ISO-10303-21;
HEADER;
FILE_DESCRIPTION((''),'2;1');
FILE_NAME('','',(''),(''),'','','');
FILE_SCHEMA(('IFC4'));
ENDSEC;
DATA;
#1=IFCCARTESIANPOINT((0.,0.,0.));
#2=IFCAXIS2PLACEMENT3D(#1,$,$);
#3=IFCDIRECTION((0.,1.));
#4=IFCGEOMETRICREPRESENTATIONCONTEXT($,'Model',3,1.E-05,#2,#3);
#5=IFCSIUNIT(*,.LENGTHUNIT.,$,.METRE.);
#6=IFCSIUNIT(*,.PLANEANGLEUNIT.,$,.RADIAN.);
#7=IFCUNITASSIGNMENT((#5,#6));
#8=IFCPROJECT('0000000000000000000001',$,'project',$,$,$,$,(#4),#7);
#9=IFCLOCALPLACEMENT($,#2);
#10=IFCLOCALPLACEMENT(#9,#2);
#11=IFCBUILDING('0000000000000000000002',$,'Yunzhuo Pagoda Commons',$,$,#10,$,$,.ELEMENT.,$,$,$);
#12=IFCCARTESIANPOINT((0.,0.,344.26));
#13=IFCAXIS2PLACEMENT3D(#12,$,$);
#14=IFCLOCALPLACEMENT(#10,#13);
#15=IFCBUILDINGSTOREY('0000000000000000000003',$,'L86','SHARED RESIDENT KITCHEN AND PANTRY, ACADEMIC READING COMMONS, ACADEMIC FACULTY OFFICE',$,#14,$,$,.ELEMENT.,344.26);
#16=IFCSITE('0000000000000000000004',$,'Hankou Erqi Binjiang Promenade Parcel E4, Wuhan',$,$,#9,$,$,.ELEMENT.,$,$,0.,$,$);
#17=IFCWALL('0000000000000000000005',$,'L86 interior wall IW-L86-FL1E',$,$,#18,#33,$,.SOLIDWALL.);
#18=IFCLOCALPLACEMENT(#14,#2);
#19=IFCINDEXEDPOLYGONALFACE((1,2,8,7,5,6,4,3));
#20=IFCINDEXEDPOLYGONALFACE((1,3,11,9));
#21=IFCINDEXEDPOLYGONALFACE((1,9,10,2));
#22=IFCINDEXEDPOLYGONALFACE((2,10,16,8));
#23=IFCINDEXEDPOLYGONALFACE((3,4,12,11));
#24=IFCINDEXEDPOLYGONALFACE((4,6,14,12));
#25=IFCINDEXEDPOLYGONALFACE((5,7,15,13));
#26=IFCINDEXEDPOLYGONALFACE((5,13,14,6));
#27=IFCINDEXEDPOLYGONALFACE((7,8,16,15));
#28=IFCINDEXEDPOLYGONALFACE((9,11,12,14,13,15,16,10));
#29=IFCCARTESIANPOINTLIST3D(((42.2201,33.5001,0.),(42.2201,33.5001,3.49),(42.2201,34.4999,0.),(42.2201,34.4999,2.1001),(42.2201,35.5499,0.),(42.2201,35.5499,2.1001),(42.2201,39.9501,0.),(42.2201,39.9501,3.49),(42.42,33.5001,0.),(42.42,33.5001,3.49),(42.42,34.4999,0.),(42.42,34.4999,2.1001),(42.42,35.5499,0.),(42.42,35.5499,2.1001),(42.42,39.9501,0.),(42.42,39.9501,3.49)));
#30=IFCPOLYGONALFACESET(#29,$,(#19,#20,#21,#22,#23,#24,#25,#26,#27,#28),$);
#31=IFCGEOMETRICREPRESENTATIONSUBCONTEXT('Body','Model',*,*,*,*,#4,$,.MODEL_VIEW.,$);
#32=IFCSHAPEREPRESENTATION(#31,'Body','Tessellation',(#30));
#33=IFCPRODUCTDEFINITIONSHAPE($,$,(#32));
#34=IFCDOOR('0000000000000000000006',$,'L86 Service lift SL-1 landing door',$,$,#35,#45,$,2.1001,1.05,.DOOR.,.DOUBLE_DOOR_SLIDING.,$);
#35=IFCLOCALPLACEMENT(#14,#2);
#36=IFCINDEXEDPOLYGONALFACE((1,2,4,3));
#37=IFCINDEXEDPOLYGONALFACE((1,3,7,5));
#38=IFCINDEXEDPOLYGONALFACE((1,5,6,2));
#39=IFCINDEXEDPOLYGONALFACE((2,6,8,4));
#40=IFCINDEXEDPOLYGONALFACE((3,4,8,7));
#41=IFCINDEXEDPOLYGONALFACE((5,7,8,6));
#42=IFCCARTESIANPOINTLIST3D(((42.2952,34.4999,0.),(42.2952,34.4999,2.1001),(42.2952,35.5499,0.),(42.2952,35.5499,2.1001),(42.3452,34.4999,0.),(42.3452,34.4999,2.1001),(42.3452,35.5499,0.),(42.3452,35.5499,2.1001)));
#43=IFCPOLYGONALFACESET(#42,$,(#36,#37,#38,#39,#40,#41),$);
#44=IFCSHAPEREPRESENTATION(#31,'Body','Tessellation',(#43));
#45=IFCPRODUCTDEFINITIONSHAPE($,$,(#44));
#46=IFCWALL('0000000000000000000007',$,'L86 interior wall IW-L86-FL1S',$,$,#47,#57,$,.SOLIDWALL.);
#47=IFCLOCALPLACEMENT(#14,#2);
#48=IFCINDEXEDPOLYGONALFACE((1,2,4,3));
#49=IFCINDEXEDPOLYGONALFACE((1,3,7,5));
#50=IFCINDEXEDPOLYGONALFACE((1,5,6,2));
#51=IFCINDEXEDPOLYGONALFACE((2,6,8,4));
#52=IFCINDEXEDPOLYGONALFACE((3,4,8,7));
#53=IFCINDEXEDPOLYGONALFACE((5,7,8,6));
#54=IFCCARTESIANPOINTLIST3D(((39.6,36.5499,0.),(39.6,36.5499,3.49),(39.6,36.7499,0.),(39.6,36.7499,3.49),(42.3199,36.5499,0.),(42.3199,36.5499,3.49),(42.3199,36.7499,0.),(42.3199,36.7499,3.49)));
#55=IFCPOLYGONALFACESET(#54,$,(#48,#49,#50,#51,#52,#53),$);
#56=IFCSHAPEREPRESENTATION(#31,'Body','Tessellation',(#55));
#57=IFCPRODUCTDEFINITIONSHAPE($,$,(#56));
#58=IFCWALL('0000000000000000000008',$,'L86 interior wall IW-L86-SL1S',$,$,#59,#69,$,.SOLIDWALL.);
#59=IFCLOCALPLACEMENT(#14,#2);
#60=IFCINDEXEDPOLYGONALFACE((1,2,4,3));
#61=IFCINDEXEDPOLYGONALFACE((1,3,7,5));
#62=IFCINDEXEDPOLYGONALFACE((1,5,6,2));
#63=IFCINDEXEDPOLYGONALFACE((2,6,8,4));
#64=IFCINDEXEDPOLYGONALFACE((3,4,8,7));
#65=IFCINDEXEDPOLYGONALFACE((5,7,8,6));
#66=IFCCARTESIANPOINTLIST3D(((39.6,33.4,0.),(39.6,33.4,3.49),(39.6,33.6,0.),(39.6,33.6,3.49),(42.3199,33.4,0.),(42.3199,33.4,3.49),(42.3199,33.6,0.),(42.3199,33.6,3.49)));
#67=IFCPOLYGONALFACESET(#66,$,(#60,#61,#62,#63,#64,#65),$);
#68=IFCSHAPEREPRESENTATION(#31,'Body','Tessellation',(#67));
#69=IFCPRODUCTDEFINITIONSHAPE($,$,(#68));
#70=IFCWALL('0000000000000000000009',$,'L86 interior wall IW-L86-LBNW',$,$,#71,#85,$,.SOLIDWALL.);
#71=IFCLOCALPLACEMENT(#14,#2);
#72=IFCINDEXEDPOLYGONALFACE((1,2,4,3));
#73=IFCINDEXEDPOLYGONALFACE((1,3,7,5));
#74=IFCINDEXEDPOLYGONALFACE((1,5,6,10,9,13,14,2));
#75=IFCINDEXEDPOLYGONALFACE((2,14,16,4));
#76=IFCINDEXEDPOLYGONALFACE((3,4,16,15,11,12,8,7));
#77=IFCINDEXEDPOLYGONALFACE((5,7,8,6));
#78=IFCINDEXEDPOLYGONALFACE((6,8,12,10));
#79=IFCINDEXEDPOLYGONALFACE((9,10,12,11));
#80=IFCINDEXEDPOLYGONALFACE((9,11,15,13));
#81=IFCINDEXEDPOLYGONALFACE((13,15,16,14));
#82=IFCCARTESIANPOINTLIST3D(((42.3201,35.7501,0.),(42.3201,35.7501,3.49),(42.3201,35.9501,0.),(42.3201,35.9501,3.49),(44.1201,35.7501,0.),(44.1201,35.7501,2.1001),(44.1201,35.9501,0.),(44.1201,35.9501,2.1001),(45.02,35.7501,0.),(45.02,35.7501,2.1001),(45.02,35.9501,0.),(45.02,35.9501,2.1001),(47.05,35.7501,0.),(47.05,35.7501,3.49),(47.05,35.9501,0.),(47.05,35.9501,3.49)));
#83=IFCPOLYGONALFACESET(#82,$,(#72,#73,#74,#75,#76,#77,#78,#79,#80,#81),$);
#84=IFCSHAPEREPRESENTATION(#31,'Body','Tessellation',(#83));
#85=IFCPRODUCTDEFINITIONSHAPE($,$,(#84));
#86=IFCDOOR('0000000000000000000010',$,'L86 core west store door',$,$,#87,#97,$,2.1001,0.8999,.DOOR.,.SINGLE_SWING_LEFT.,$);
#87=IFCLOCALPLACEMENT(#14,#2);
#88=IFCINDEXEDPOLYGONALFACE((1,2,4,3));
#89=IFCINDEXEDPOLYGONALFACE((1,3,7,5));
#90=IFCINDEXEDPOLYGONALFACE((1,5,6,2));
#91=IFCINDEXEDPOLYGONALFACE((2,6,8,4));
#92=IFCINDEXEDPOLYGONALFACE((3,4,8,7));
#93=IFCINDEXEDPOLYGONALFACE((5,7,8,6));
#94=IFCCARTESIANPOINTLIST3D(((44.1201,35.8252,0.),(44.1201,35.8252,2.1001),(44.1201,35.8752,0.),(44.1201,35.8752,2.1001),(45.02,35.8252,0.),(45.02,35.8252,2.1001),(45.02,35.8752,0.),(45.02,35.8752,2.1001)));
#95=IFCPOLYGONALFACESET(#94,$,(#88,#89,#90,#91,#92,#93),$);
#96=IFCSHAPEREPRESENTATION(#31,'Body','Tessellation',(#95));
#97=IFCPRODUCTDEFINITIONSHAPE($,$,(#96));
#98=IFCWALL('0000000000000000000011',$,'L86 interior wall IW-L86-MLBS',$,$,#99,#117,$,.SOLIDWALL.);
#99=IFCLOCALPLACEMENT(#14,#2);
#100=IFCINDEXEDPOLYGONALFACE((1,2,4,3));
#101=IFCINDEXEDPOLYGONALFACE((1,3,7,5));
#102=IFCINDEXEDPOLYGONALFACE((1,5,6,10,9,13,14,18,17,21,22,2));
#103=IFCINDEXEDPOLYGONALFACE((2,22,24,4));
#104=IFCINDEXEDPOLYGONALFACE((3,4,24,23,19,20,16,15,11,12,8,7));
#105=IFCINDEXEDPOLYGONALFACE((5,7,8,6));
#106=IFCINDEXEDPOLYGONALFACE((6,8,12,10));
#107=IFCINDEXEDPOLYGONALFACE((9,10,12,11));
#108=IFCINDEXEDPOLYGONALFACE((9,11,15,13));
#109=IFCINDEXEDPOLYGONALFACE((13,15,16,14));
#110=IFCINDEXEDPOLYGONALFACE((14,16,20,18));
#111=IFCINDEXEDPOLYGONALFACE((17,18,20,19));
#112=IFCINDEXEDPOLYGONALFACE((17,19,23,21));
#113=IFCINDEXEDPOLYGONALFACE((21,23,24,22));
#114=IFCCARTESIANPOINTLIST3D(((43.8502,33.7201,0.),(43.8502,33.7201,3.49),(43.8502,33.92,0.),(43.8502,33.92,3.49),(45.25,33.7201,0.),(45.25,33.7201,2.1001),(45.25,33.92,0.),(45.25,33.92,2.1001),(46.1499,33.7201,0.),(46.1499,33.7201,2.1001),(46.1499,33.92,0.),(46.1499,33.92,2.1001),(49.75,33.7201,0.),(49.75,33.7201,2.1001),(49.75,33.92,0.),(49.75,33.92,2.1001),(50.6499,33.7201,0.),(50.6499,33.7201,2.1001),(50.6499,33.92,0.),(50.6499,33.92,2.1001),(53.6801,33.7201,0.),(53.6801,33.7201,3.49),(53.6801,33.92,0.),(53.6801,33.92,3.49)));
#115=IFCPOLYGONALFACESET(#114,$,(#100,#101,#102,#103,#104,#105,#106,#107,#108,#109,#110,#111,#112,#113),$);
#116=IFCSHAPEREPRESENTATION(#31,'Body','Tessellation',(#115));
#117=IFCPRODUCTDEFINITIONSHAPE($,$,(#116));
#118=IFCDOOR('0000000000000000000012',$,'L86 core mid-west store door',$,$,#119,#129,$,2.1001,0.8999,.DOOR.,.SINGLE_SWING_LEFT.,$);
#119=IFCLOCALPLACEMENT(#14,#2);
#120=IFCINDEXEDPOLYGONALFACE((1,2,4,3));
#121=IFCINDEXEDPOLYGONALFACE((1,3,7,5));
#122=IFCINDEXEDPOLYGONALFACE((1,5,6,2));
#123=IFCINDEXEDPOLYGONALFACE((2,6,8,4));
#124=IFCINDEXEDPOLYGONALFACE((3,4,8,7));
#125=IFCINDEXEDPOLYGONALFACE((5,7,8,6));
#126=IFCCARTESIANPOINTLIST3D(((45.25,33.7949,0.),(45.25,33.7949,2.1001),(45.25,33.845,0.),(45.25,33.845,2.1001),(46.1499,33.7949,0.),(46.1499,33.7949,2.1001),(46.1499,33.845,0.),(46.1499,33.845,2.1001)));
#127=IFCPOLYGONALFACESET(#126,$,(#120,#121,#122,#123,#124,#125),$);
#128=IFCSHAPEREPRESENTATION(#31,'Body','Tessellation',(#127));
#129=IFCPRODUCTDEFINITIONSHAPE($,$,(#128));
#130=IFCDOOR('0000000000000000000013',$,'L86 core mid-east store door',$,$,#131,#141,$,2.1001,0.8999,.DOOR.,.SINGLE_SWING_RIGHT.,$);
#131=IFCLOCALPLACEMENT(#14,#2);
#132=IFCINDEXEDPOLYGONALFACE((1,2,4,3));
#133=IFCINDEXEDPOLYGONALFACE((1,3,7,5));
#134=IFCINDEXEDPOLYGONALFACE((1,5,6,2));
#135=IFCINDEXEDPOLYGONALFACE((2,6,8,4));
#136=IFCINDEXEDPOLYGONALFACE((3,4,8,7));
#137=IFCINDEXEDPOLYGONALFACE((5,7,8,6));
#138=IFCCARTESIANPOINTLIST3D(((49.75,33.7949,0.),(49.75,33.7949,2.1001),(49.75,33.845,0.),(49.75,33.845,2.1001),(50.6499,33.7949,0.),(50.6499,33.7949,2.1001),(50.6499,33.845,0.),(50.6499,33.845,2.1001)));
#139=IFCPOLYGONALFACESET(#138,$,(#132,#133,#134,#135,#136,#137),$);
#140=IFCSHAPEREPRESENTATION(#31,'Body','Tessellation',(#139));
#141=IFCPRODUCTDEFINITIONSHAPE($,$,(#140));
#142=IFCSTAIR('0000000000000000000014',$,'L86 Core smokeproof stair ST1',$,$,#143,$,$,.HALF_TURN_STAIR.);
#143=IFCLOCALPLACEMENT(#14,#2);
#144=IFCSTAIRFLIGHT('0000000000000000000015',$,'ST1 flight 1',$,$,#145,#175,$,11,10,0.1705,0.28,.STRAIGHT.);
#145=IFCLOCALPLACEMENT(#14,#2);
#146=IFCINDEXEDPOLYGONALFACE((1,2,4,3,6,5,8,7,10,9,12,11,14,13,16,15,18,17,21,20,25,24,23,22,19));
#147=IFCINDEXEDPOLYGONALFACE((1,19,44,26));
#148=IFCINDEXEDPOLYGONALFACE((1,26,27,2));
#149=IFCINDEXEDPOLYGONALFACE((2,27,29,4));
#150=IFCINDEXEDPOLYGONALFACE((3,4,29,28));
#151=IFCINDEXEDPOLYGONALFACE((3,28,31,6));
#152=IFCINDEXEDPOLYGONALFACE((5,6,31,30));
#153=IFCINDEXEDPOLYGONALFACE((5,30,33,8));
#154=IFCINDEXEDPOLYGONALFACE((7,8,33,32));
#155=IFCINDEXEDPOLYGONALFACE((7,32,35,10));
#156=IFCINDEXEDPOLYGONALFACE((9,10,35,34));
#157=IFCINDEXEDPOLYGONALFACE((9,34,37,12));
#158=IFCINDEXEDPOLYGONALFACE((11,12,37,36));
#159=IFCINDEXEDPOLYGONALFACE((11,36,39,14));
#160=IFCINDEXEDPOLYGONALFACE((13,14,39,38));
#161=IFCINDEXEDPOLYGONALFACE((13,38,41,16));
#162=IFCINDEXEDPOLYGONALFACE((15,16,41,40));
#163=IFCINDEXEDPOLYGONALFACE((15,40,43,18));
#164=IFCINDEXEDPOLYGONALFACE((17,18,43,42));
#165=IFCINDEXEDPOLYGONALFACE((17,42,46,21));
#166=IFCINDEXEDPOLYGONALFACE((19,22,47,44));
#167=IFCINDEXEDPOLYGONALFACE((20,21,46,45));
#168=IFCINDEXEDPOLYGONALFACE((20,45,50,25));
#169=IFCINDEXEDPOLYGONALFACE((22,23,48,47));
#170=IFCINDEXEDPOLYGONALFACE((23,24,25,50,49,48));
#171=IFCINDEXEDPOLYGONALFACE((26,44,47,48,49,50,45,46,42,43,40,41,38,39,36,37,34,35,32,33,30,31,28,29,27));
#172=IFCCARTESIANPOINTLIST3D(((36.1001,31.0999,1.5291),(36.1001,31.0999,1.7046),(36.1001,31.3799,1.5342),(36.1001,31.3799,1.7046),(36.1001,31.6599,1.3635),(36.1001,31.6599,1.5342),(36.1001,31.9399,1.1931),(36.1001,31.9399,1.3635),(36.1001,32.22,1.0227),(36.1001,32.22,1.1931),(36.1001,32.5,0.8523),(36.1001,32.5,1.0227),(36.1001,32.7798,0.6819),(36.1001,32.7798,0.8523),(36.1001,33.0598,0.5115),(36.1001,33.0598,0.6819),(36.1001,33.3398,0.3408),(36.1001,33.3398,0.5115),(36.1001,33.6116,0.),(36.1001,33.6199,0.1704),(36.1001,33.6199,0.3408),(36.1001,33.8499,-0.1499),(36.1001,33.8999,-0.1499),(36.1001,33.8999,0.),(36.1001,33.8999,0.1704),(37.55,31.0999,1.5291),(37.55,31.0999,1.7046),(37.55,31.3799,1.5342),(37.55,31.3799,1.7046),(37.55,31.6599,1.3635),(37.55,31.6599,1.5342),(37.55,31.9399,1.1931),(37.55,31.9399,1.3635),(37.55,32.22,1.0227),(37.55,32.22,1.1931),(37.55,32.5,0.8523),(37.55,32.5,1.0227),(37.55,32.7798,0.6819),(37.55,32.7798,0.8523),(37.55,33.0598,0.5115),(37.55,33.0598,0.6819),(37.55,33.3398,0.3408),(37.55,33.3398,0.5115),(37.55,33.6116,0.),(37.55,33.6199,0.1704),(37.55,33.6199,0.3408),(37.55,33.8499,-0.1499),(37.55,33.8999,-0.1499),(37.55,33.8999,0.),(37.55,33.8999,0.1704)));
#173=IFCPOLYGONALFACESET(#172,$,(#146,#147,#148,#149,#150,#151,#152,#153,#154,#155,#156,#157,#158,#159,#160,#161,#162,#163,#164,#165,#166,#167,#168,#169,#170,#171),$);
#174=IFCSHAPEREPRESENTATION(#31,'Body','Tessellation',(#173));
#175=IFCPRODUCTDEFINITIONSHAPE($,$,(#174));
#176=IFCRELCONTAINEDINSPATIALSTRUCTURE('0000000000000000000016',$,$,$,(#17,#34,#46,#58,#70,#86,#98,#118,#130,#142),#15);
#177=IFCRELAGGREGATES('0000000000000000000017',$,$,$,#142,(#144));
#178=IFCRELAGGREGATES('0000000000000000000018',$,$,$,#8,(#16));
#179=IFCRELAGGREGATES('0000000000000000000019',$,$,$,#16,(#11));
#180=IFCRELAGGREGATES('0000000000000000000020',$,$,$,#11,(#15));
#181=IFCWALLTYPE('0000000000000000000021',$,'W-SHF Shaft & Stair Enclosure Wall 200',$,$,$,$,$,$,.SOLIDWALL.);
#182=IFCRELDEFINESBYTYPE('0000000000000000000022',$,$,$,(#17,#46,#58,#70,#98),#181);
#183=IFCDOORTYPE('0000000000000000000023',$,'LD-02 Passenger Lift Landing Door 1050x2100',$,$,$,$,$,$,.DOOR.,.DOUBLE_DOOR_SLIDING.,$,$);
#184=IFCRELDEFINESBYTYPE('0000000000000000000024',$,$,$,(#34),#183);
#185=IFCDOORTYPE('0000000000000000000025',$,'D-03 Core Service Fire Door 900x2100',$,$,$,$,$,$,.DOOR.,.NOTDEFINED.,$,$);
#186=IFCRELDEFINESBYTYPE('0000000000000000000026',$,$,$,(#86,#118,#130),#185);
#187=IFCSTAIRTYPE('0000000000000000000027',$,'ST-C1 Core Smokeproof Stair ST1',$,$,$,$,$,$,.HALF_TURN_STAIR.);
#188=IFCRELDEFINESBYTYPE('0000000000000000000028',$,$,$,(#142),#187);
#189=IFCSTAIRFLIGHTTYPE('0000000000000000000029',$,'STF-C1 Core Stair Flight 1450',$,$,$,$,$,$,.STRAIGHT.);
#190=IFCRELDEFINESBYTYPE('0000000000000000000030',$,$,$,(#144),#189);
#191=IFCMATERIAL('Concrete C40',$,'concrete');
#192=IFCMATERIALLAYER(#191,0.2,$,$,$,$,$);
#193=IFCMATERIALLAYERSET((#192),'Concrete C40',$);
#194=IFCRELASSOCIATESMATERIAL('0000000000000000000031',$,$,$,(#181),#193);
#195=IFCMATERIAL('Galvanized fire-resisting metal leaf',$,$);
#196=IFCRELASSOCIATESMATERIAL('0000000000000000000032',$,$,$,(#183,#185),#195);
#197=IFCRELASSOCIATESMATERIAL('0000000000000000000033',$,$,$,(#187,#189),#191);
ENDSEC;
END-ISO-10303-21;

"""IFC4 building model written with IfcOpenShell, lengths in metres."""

from ifc_helpers import new_model, si_unit, direction, frame, frame_2d, origin, origin_with_axes, place, context, subcontext, project, spatial, polyline, rectangle, outline, extrude, source, transform, mapped, material, layer, layer_set, type_object, element, fill, aggregate, save


model = new_model("IFC4")

# Units and contexts
model_context = context("Model", 3, precision=1e-05, world=origin(), true_north=direction((0.0, 1.0)))
body_context = subcontext(model_context, "Body", "Model", "MODEL_VIEW")
ifc_project = project(units=[si_unit("LENGTHUNIT", "METRE"), si_unit("PLANEANGLEUNIT", "RADIAN")], contexts=[model_context])

# Site, building, storey
site_placement = place(None, origin())
site = spatial("IfcSite", under=ifc_project, at=site_placement, Name="Hankou Erqi Binjiang Promenade Parcel E4, Wuhan", CompositionType="ELEMENT", RefElevation=0.0)
building_placement = place(site_placement, origin())
building = spatial("IfcBuilding", under=site, at=building_placement, Name="Yunzhuo Pagoda Commons", CompositionType="ELEMENT")
storey_placement = place(building_placement, frame((0.0, 0.0, 344.26)))
storey = spatial("IfcBuildingStorey", under=building, at=storey_placement, Name="L86", Description="SHARED RESIDENT KITCHEN AND PANTRY, ACADEMIC READING COMMONS, ACADEMIC FACULTY OFFICE", CompositionType="ELEMENT", Elevation=344.26)

# Shared definitions
ifc_material_1 = material(Name="Galvanized fire-resisting metal leaf")
shared_shape_1 = source(origin(), body_context, "Body", "SweptSolid", [
    extrude(rectangle(XDim=1.05, YDim=2.1001, at=frame_2d((0.5249, 1.05))), frame((0.0, 0.0249, 0.0), z_axis=(0.0, -1.0, 0.0), x_axis=(1.0, 0.0, 0.0)), (0.0, 0.0, 1.0), 0.05),
])

# Wall, opening, door
ifc_material_2 = material(Name="Concrete C40", Category="concrete")
ifc_layer_1 = layer(ifc_material_2, 0.2)
ifc_layer_set_1 = layer_set([ifc_layer_1], Name="Concrete C40")
wall_type_1 = type_object("IfcWallType", Name="W-SHF Shaft & Stair Enclosure Wall 200", PredefinedType="SOLIDWALL", material=ifc_layer_set_1)
wall_1_placement = place(storey_placement, frame((42.3201, 33.5, 0.0), z_axis=(0.0, 0.0, 1.0), x_axis=(0.0, 1.0, 0.0)))
wall_1 = element("IfcWall", 1, at=wall_1_placement, inside=storey, type_object=wall_type_1, Name="L86 interior wall IW-L86-FL1E", PredefinedType="SOLIDWALL", context=body_context, shape_type="SweptSolid", body=[
    extrude(rectangle(XDim=6.45, YDim=0.2, at=frame_2d((3.2251, 0.0))), origin(), (0.0, 0.0, 1.0), 3.49),
])
opening_1_placement = place(wall_1_placement, frame((1.0, 0.0, 0.0)))
opening_1 = element("IfcOpeningElement", 2, at=opening_1_placement, cuts=wall_1, PredefinedType="OPENING", context=body_context, shape_type="SweptSolid", body=[
    extrude(rectangle(XDim=1.05, YDim=2.1001, at=frame_2d((0.5249, 1.05))), frame((0.0, 0.1099, 0.0), z_axis=(0.0, -1.0, 0.0), x_axis=(1.0, 0.0, 0.0)), (0.0, 0.0, 1.0), 0.22),
])
door_type_1 = type_object("IfcDoorType", Name="LD-02 Passenger Lift Landing Door 1050x2100", OperationType="DOUBLE_DOOR_SLIDING", PredefinedType="DOOR", material=ifc_material_1)
door_1_placement = place(opening_1_placement, origin_with_axes())
door_1 = element("IfcDoor", 3, at=door_1_placement, inside=storey, type_object=door_type_1, Name="L86 Service lift SL-1 landing door", OperationType="DOUBLE_DOOR_SLIDING", OverallHeight=2.1001, OverallWidth=1.05, PredefinedType="DOOR", context=body_context, shape_type="MappedRepresentation", body=[
    mapped(shared_shape_1, transform((0.0, 0.0, 0.0), scale=1.0)),
])
fill(opening_1, door_1)

# Walls
for number, where, z_axis, x_axis, name in (
    (4, (39.6001, 36.6499, 0.0), (0.0, 0.0, 1.0), (1.0, 0.0, 0.0), "L86 interior wall IW-L86-FL1S"),
    (5, (39.6001, 33.5, 0.0), (0.0, 0.0, 1.0), (1.0, 0.0, 0.0), "L86 interior wall IW-L86-SL1S"),
):
    element("IfcWall", number, at=place(storey_placement, frame(where, z_axis=z_axis, x_axis=x_axis)), inside=storey, type_object=wall_type_1, Name=name, PredefinedType="SOLIDWALL", context=body_context, shape_type="SweptSolid", body=[
        extrude(rectangle(XDim=2.72, YDim=0.2, at=frame_2d((1.3599, 0.0))), origin(), (0.0, 0.0, 1.0), 3.49),
    ])

# Wall, opening, door
wall_2_placement = place(storey_placement, frame((42.3201, 35.8501, 0.0), z_axis=(0.0, 0.0, 1.0), x_axis=(1.0, 0.0, 0.0)))
wall_2 = element("IfcWall", 6, at=wall_2_placement, inside=storey, type_object=wall_type_1, Name="L86 interior wall IW-L86-LBNW", PredefinedType="SOLIDWALL", context=body_context, shape_type="SweptSolid", body=[
    extrude(rectangle(XDim=4.73, YDim=0.2, at=frame_2d((2.365, 0.0))), origin(), (0.0, 0.0, 1.0), 3.49),
])
opening_2_placement = place(wall_2_placement, frame((1.8, 0.0, 0.0)))
opening_2 = element("IfcOpeningElement", 7, at=opening_2_placement, cuts=wall_2, PredefinedType="OPENING", context=body_context, shape_type="SweptSolid", body=[
    extrude(rectangle(XDim=0.8999, YDim=2.1001, at=frame_2d((0.45, 1.05))), frame((0.0, 0.1099, 0.0), z_axis=(0.0, -1.0, 0.0), x_axis=(1.0, 0.0, 0.0)), (0.0, 0.0, 1.0), 0.22),
])
door_type_2 = type_object("IfcDoorType", Name="D-03 Core Service Fire Door 900x2100", OperationType="NOTDEFINED", PredefinedType="DOOR", material=ifc_material_1)
shared_shape_2 = source(origin(), body_context, "Body", "SweptSolid", [
    extrude(rectangle(XDim=0.8999, YDim=2.1001, at=frame_2d((0.45, 1.05))), frame((0.0, 0.0249, 0.0), z_axis=(0.0, -1.0, 0.0), x_axis=(1.0, 0.0, 0.0)), (0.0, 0.0, 1.0), 0.05),
])
door_2_placement = place(opening_2_placement, frame((0.8999, 0.0, 0.0), z_axis=(0.0, 0.0, 1.0), x_axis=(-1.0, 0.0, 0.0)))
door_2 = element("IfcDoor", 8, at=door_2_placement, inside=storey, type_object=door_type_2, Name="L86 core west store door", OperationType="SINGLE_SWING_LEFT", OverallHeight=2.1001, OverallWidth=0.8999, PredefinedType="DOOR", context=body_context, shape_type="MappedRepresentation", body=[
    mapped(shared_shape_2, transform((0.0, 0.0, 0.0), scale=1.0)),
])
fill(opening_2, door_2)

# Wall, openings, doors
wall_3_placement = place(storey_placement, frame((43.8501, 33.8201, 0.0), z_axis=(0.0, 0.0, 1.0), x_axis=(1.0, 0.0, 0.0)))
wall_3 = element("IfcWall", 9, at=wall_3_placement, inside=storey, type_object=wall_type_1, Name="L86 interior wall IW-L86-MLBS", PredefinedType="SOLIDWALL", context=body_context, shape_type="SweptSolid", body=[
    extrude(rectangle(XDim=9.8298, YDim=0.2, at=frame_2d((4.915, 0.0))), origin(), (0.0, 0.0, 1.0), 3.49),
])
opening_3_placement = place(wall_3_placement, frame((1.3999, 0.0, 0.0)))
opening_3 = element("IfcOpeningElement", 10, at=opening_3_placement, cuts=wall_3, PredefinedType="OPENING", context=body_context, shape_type="SweptSolid", body=[
    extrude(rectangle(XDim=0.8999, YDim=2.1001, at=frame_2d((0.45, 1.05))), frame((0.0, 0.1099, 0.0), z_axis=(0.0, -1.0, 0.0), x_axis=(1.0, 0.0, 0.0)), (0.0, 0.0, 1.0), 0.22),
])
opening_4_placement = place(wall_3_placement, frame((5.8999, 0.0, 0.0)))
opening_4 = element("IfcOpeningElement", 11, at=opening_4_placement, cuts=wall_3, PredefinedType="OPENING", context=body_context, shape_type="SweptSolid", body=[
    extrude(rectangle(XDim=0.8999, YDim=2.1001, at=frame_2d((0.45, 1.05))), frame((0.0, 0.1099, 0.0), z_axis=(0.0, -1.0, 0.0), x_axis=(1.0, 0.0, 0.0)), (0.0, 0.0, 1.0), 0.22),
])
door_3_placement = place(opening_3_placement, origin_with_axes())
door_3 = element("IfcDoor", 12, at=door_3_placement, inside=storey, type_object=door_type_2, Name="L86 core mid-west store door", OperationType="SINGLE_SWING_LEFT", OverallHeight=2.1001, OverallWidth=0.8999, PredefinedType="DOOR", context=body_context, shape_type="MappedRepresentation", body=[
    mapped(shared_shape_2, transform((0.0, 0.0, 0.0), scale=1.0)),
])
fill(opening_3, door_3)
door_4_placement = place(opening_4_placement, origin_with_axes())
door_4 = element("IfcDoor", 13, at=door_4_placement, inside=storey, type_object=door_type_2, Name="L86 core mid-east store door", OperationType="SINGLE_SWING_RIGHT", OverallHeight=2.1001, OverallWidth=0.8999, PredefinedType="DOOR", context=body_context, shape_type="MappedRepresentation", body=[
    mapped(shared_shape_2, transform((0.0, 0.0, 0.0), scale=1.0)),
])
fill(opening_4, door_4)

# Stair, stair flight
stair_type = type_object("IfcStairType", Name="ST-C1 Core Smokeproof Stair ST1", PredefinedType="HALF_TURN_STAIR", material=ifc_material_2)
stair_placement = place(storey_placement, origin())
stair = element("IfcStair", 14, at=stair_placement, inside=storey, type_object=stair_type, Name="L86 Core smokeproof stair ST1", PredefinedType="HALF_TURN_STAIR")
stair_flight_type = type_object("IfcStairFlightType", Name="STF-C1 Core Stair Flight 1450", PredefinedType="STRAIGHT", material=ifc_material_2)
shared_shape_3 = source(origin(), body_context, "Body", "SweptSolid", [
    extrude(outline(polyline([(0.0, -0.1499), (0.0, 0.0), (0.0, 0.1704), (0.28, 0.1704), (0.28, 0.3408), (0.5601, 0.3408), (0.5601, 0.5115), (0.8401, 0.5115), (0.8401, 0.6819), (1.1201, 0.6819), (1.1201, 0.8523), (1.3999, 0.8523), (1.3999, 1.0227), (1.6799, 1.0227), (1.6799, 1.1931), (1.96, 1.1931), (1.96, 1.3635), (2.24, 1.3635), (2.24, 1.5342), (2.52, 1.5342), (2.52, 1.7046), (2.8, 1.7046), (2.8, 1.875), (2.8, 1.5291), (0.2883, 0.0), (0.05, -0.1499), (0.0, -0.1499)])), frame((0.0, 0.7251, 0.0), z_axis=(0.0, -1.0, 0.0), x_axis=(1.0, 0.0, 0.0)), (0.0, 0.0, 1.0), 1.45),
])
stair_flight_placement = place(storey_placement, frame((36.825, 33.8999, 0.0), z_axis=(0.0, 0.0, 1.0), x_axis=(0.0, -1.0, 0.0)))
stair_flight = element("IfcStairFlight", 15, at=stair_flight_placement, type_object=stair_flight_type, Name="ST1 flight 1", NumberOfRisers=11, NumberOfTreads=10, PredefinedType="STRAIGHT", RiserHeight=0.1705, TreadLength=0.28, context=body_context, shape_type="MappedRepresentation", body=[
    mapped(shared_shape_3, transform((0.0, 0.0, 0.0), scale=1.0)),
])
aggregate(stair, [stair_flight])

save(model, "model.ifc")
